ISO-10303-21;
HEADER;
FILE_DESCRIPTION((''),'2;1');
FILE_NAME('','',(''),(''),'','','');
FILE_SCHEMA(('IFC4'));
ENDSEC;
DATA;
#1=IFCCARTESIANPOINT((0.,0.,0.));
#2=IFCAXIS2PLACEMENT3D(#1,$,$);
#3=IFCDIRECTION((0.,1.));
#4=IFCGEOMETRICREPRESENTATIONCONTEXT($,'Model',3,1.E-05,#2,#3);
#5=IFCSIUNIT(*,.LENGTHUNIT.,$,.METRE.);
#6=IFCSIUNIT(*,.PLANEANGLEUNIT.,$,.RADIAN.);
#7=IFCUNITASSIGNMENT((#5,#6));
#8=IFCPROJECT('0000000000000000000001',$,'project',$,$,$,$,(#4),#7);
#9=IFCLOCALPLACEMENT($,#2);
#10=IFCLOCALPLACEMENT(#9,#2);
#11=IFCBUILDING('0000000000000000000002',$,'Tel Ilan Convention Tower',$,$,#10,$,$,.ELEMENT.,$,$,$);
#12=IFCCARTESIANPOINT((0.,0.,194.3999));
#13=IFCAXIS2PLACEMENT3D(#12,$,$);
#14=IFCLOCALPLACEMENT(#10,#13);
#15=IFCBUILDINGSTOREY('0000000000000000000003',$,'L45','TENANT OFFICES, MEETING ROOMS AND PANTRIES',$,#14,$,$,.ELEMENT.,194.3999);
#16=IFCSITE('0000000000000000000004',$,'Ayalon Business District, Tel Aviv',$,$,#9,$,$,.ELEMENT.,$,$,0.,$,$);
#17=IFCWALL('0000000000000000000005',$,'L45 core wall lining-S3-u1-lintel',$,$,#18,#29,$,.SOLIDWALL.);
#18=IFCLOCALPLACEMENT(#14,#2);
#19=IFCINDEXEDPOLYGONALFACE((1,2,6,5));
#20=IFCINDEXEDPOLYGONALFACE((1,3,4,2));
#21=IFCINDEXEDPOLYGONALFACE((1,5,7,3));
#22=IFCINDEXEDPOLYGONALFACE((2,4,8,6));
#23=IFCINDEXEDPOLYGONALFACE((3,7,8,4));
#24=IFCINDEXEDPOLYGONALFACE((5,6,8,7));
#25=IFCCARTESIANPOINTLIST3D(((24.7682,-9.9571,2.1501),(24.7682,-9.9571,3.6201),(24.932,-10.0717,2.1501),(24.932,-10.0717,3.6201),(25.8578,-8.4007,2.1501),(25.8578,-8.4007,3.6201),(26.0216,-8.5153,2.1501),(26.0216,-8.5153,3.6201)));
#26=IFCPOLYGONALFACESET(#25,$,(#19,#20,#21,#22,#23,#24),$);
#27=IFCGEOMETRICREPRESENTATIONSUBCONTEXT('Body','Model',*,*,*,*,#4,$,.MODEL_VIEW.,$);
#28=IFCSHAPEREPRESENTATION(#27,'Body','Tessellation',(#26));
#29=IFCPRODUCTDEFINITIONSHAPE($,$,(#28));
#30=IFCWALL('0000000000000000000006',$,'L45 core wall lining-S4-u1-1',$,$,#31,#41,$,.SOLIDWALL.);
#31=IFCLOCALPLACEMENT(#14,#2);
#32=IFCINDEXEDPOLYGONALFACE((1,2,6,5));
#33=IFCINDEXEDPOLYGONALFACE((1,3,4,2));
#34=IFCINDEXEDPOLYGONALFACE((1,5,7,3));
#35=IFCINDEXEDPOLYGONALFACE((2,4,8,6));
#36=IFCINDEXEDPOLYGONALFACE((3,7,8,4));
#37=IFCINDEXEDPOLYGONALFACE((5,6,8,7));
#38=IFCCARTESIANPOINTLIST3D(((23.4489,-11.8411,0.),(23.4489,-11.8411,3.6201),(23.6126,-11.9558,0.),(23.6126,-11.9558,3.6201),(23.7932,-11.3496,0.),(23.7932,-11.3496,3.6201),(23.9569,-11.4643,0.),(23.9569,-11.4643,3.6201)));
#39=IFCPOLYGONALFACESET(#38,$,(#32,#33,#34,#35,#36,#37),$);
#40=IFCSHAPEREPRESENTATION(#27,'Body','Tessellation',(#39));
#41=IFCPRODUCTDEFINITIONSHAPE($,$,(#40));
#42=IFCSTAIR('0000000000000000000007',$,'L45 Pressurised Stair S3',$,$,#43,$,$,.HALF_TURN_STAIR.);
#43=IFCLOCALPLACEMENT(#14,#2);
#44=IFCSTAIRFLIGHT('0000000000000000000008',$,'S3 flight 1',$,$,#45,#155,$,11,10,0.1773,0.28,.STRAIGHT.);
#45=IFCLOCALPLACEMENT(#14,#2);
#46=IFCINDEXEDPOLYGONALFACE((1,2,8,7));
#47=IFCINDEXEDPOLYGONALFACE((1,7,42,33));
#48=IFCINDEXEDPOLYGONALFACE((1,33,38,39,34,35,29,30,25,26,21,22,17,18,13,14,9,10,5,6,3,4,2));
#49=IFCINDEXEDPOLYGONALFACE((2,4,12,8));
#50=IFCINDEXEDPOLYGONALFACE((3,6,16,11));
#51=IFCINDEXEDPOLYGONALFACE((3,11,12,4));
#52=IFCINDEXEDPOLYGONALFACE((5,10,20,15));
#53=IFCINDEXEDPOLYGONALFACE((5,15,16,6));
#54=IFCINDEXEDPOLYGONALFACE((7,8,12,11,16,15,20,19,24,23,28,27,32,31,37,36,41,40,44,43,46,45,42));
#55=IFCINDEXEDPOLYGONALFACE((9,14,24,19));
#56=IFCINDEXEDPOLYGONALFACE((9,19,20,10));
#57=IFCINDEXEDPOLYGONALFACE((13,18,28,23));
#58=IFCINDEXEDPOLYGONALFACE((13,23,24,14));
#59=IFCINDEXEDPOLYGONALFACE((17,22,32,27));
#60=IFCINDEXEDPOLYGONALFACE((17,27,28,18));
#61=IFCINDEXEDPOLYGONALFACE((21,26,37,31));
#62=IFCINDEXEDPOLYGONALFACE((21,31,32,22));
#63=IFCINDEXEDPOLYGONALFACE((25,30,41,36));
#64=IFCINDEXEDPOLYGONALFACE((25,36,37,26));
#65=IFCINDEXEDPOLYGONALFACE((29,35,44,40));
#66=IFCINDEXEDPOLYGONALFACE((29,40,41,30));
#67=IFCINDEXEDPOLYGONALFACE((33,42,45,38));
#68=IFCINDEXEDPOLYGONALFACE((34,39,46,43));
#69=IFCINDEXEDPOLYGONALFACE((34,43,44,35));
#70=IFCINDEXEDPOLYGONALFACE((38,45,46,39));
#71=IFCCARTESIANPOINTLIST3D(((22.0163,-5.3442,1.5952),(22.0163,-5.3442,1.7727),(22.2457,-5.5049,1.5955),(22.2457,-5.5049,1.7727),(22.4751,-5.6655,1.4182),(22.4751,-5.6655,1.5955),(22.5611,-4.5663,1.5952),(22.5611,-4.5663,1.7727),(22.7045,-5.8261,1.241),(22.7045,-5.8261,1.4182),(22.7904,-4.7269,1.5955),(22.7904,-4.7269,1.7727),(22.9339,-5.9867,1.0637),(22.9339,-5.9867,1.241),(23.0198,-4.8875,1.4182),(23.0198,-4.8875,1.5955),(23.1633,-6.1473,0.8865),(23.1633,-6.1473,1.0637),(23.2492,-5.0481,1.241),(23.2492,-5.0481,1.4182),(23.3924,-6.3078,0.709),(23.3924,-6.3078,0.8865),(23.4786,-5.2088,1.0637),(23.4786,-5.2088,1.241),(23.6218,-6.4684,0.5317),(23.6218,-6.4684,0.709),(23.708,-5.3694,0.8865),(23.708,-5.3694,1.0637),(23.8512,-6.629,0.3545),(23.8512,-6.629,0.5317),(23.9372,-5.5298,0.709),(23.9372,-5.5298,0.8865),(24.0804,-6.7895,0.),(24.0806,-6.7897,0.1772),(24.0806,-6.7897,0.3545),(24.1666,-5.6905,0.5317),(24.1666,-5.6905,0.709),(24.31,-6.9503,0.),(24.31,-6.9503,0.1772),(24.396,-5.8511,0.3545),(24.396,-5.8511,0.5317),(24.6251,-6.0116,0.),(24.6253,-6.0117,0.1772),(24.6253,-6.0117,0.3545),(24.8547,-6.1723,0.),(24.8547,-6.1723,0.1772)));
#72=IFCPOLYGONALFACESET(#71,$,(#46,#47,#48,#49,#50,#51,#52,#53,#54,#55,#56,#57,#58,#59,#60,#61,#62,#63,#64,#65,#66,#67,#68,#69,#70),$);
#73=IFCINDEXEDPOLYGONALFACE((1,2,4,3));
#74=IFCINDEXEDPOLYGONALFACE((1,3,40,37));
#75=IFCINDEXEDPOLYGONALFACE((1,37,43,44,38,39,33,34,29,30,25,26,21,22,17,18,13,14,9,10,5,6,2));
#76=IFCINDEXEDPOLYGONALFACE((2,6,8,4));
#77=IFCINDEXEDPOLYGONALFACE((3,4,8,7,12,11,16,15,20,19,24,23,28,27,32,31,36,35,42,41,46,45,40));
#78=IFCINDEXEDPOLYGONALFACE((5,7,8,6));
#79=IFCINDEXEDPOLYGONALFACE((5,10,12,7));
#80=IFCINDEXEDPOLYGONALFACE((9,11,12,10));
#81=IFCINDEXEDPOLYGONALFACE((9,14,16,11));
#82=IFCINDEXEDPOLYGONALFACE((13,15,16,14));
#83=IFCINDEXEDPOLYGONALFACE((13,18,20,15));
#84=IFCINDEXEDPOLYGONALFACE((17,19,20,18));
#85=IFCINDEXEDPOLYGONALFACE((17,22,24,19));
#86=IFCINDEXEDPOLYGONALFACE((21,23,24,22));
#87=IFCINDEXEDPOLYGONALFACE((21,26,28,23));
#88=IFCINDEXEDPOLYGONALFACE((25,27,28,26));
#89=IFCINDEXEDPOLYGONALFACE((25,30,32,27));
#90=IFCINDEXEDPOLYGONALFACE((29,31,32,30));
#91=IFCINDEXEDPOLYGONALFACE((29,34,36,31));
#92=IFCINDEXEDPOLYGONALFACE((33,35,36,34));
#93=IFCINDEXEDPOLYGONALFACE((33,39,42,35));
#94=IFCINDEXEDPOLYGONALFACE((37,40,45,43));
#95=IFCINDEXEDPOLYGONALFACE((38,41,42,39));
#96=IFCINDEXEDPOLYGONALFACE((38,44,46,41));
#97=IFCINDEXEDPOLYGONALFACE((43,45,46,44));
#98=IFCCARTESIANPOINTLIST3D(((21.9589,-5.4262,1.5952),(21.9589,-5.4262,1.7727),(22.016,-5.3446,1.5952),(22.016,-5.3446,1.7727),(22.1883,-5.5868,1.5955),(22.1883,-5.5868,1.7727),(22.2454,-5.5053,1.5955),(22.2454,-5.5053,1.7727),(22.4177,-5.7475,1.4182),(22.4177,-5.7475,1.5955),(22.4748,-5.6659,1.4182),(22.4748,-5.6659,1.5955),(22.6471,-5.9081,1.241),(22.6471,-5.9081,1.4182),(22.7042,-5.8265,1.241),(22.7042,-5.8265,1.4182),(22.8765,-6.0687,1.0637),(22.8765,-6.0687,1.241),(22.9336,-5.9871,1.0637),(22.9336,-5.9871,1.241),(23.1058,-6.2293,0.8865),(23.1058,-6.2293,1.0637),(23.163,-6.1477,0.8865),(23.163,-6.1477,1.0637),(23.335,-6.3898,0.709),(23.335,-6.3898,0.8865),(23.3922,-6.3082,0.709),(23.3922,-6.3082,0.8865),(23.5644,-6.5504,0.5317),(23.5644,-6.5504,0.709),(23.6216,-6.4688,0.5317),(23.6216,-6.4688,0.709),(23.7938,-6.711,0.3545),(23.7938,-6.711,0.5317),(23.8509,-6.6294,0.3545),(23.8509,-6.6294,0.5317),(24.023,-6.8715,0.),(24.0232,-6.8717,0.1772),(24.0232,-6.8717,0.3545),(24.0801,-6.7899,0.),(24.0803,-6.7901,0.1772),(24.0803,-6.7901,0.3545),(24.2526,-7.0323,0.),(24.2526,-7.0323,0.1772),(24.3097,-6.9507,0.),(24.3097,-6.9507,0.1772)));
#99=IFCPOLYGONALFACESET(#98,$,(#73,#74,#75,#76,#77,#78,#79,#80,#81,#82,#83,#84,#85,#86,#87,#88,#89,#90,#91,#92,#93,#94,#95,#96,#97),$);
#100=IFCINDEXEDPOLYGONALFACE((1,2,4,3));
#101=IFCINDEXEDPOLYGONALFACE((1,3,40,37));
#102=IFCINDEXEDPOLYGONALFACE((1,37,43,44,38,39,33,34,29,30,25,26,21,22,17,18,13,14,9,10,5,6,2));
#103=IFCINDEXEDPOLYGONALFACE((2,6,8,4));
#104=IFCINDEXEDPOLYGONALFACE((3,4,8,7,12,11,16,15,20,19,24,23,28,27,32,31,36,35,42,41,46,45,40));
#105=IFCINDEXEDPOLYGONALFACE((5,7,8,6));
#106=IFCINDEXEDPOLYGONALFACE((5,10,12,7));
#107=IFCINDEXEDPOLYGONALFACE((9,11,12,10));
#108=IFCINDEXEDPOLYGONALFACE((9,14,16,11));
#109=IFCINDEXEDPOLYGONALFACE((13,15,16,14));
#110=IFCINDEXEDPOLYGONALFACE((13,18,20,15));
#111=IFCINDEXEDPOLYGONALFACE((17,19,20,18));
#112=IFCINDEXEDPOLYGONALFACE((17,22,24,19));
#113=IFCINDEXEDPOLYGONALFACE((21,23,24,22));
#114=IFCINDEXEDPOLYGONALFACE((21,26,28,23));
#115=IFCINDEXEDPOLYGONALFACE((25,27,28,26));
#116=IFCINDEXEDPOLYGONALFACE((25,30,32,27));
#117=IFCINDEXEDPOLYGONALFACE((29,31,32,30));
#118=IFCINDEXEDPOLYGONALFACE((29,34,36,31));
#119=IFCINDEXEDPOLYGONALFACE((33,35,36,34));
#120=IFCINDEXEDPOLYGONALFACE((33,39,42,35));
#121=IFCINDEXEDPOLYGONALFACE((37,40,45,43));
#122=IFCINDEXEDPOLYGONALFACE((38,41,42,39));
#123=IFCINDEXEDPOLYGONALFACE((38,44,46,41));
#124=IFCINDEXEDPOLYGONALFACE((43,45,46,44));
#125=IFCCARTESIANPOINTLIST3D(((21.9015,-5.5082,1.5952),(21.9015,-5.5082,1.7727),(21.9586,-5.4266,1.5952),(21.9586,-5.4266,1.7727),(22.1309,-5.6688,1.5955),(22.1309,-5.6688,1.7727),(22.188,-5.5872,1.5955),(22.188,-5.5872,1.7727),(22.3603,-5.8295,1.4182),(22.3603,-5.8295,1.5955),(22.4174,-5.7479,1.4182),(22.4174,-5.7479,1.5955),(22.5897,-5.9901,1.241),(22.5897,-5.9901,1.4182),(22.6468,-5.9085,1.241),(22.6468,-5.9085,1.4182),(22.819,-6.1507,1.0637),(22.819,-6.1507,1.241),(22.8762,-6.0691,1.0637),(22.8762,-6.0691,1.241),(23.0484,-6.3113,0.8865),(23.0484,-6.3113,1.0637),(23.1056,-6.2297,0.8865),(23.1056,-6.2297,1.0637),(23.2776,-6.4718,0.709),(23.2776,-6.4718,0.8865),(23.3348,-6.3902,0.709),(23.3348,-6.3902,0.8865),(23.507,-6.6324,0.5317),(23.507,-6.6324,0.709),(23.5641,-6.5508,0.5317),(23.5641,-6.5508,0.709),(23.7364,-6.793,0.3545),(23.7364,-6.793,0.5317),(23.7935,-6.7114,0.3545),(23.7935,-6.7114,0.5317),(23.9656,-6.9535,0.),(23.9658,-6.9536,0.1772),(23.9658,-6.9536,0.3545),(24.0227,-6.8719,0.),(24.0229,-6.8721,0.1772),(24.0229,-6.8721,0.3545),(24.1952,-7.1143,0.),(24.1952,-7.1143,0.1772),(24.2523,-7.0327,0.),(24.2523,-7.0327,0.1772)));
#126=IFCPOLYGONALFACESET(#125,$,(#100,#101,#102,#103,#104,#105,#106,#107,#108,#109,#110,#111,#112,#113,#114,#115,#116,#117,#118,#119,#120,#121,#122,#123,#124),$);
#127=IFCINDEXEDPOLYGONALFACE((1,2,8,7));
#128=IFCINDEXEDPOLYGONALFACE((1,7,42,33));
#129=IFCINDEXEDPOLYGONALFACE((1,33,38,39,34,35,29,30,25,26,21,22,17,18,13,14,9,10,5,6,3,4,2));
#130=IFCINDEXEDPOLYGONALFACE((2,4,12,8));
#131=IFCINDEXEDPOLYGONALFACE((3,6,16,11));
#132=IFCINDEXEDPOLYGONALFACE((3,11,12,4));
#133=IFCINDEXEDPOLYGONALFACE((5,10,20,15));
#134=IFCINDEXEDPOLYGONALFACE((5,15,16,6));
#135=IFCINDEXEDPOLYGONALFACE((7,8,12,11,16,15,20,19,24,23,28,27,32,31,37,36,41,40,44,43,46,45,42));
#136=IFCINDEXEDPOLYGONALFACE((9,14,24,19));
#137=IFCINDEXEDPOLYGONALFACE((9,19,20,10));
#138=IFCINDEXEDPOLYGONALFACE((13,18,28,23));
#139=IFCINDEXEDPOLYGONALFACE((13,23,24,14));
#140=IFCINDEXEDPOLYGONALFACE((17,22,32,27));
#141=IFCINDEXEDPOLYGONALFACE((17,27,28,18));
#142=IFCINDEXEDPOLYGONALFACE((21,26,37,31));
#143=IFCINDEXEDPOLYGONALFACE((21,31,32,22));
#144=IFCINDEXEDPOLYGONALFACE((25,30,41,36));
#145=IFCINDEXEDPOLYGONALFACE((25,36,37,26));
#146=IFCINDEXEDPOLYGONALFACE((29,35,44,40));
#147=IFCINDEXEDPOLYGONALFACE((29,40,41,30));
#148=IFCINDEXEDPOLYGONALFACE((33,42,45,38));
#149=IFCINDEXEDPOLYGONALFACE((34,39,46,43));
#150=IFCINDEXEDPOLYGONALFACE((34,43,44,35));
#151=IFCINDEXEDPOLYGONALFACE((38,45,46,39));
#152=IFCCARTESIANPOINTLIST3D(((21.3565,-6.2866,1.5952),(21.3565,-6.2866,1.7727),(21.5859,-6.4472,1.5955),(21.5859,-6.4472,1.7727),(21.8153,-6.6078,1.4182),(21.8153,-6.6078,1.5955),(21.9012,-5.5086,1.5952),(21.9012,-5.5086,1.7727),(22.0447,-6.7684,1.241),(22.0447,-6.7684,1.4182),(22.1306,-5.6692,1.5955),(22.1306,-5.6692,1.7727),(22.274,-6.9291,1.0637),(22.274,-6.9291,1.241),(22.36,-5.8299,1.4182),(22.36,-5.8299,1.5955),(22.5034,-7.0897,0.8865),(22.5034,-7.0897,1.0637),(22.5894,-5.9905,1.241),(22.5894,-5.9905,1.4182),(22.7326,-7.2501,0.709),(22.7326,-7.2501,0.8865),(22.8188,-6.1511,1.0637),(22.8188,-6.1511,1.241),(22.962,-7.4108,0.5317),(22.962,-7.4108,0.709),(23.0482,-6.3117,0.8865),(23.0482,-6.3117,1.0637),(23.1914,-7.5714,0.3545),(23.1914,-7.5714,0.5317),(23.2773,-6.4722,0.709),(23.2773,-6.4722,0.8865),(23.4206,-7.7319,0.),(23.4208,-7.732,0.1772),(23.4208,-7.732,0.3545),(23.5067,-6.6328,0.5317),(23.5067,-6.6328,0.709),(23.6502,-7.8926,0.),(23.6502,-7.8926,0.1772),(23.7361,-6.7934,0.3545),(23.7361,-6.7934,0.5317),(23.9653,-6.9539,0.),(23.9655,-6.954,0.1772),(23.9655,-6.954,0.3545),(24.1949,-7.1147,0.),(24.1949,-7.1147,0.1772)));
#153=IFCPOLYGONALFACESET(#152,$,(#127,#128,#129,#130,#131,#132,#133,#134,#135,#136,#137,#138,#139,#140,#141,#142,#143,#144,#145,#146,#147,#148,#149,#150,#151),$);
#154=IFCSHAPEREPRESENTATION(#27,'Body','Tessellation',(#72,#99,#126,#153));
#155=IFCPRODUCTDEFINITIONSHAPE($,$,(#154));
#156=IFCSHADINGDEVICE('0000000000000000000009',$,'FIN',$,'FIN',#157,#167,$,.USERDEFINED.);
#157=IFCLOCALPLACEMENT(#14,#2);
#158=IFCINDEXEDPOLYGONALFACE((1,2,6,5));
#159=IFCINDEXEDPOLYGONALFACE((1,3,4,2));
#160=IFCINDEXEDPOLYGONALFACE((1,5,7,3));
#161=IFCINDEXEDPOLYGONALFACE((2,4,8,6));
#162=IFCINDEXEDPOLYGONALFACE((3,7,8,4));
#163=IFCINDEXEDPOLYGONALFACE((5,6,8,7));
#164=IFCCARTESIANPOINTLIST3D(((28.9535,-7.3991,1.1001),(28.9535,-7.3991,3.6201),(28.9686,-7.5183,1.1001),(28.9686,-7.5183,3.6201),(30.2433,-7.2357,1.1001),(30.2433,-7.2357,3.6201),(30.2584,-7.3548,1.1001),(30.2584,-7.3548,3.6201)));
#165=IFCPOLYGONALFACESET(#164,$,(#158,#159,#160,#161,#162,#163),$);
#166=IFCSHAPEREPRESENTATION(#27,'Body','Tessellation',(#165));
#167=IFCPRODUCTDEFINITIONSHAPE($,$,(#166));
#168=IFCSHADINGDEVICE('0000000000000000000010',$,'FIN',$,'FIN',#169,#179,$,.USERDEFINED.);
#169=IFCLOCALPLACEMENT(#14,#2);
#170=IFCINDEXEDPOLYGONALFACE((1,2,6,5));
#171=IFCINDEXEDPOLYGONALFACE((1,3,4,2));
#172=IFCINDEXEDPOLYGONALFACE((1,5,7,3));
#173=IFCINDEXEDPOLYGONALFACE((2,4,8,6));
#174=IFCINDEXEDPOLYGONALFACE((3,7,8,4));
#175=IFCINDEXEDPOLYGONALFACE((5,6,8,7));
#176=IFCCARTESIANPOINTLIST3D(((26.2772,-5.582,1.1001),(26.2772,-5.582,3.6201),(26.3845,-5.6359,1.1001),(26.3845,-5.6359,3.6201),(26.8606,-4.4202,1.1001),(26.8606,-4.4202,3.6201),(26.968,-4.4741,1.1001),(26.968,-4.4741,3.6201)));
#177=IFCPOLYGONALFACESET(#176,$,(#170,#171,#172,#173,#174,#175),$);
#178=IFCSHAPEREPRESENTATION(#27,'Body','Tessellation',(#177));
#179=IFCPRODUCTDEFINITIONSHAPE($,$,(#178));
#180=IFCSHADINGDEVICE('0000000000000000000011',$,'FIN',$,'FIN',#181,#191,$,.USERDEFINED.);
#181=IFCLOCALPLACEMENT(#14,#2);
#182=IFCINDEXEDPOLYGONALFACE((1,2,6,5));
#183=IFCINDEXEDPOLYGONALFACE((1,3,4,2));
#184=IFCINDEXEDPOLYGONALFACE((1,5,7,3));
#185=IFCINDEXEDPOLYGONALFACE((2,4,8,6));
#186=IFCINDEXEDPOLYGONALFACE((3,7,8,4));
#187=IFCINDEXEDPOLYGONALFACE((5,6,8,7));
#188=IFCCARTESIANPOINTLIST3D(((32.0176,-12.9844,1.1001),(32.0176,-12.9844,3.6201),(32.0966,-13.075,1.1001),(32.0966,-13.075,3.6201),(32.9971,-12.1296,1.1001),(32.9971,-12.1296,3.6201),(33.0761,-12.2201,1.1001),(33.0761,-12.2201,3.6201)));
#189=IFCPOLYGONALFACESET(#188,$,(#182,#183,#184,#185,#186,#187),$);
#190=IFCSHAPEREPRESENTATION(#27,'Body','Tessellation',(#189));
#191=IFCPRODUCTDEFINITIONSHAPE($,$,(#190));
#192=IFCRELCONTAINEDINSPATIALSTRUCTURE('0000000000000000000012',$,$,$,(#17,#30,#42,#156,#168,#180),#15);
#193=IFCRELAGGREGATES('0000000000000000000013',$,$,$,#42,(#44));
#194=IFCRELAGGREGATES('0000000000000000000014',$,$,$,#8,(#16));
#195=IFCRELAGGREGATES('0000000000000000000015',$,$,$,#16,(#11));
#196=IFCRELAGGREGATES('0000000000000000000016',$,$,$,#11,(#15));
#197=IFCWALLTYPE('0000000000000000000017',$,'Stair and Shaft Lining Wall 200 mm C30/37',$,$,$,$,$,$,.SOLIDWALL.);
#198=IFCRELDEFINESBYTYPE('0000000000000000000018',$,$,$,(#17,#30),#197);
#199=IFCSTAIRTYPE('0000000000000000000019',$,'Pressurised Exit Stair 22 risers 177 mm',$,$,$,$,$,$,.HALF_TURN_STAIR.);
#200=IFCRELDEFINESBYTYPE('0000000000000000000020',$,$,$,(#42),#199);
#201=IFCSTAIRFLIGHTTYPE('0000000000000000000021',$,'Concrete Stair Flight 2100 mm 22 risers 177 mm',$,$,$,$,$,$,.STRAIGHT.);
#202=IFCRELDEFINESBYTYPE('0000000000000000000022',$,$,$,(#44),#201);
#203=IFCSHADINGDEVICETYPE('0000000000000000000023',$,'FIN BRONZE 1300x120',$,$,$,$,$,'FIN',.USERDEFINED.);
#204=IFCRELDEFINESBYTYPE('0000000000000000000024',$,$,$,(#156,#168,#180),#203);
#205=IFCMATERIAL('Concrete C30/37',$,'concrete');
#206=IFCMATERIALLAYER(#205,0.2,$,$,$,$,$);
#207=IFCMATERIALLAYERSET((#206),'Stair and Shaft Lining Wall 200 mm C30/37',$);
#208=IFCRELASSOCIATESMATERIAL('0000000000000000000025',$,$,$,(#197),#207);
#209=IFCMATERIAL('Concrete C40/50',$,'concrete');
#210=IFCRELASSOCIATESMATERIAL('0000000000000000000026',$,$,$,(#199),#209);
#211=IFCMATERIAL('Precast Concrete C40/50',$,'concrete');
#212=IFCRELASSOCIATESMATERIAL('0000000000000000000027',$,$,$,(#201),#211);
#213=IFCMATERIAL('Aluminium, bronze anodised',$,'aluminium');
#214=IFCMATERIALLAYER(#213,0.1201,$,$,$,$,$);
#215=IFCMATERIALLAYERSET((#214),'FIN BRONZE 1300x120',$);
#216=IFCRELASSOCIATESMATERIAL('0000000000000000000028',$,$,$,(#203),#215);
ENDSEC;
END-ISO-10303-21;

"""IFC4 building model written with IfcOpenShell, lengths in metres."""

from ifc_helpers import new_model, si_unit, direction, frame, frame_2d, origin, origin_2d, place, context, subcontext, project, spatial, polyline, rectangle, outline, extrude, material, layer, layer_set, type_object, element, aggregate, save


model = new_model("IFC4")

# Units and contexts
model_context = context("Model", 3, precision=1e-05, world=origin(), true_north=direction((0.0, 1.0)))
body_context = subcontext(model_context, "Body", "Model", "MODEL_VIEW")
ifc_project = project(units=[si_unit("LENGTHUNIT", "METRE"), si_unit("PLANEANGLEUNIT", "RADIAN")], contexts=[model_context])

# Site, building, storey
site_placement = place(None, origin())
site = spatial("IfcSite", under=ifc_project, at=site_placement, Name="Ayalon Business District, Tel Aviv", CompositionType="ELEMENT", RefElevation=0.0)
building_placement = place(site_placement, origin())
building = spatial("IfcBuilding", under=site, at=building_placement, Name="Tel Ilan Convention Tower", CompositionType="ELEMENT")
storey_placement = place(building_placement, frame((0.0, 0.0, 194.3999)))
storey = spatial("IfcBuildingStorey", under=building, at=storey_placement, Name="L45", Description="TENANT OFFICES, MEETING ROOMS AND PANTRIES", CompositionType="ELEMENT", Elevation=194.3999)

# Walls
ifc_material_1 = material(Name="Concrete C30/37", Category="concrete")
ifc_layer_1 = layer(ifc_material_1, 0.2)
ifc_layer_set_1 = layer_set([ifc_layer_1], Name="Stair and Shaft Lining Wall 200 mm C30/37")
wall_type = type_object("IfcWallType", Name="Stair and Shaft Lining Wall 200 mm C30/37", PredefinedType="SOLIDWALL", material=ifc_layer_set_1)
wall_1_placement = place(storey_placement, frame((24.8501, -10.0144, 2.1501), z_axis=(0.0, 0.0, 1.0), x_axis=(0.573505, 0.819202, 0.0)))
element("IfcWall", 1, at=wall_1_placement, inside=storey, type_object=wall_type, Name="L45 core wall lining-S3-u1-lintel", PredefinedType="SOLIDWALL", context=body_context, shape_type="SweptSolid", body=[
    extrude(rectangle(XDim=1.8999, YDim=0.2, at=frame_2d((0.95, 0.0))), origin(), (0.0, 0.0, 1.0), 1.47),
])
wall_2_placement = place(storey_placement, frame((23.5308, -11.8984, 0.0), z_axis=(0.0, 0.0, 1.0), x_axis=(0.573708, 0.81906, 0.0)))
element("IfcWall", 2, at=wall_2_placement, inside=storey, type_object=wall_type, Name="L45 core wall lining-S4-u1-1", PredefinedType="SOLIDWALL", context=body_context, shape_type="SweptSolid", body=[
    extrude(rectangle(XDim=0.6001, YDim=0.2, at=frame_2d((0.3, 0.0))), origin(), (0.0, 0.0, 1.0), 3.6201),
])

# Stair, stair flight
ifc_material_2 = material(Name="Concrete C40/50", Category="concrete")
stair_type = type_object("IfcStairType", Name="Pressurised Exit Stair 22 risers 177 mm", PredefinedType="HALF_TURN_STAIR", material=ifc_material_2)
stair_placement = place(storey_placement, origin())
stair = element("IfcStair", 3, at=stair_placement, inside=storey, type_object=stair_type, Name="L45 Pressurised Stair S3", PredefinedType="HALF_TURN_STAIR")
ifc_material_3 = material(Name="Precast Concrete C40/50", Category="concrete")
stair_flight_type = type_object("IfcStairFlightType", Name="Concrete Stair Flight 2100 mm 22 risers 177 mm", PredefinedType="STRAIGHT", material=ifc_material_3)
stair_flight_placement = place(storey_placement, frame((24.2524, -7.0325, 0.0), z_axis=(0.0, 0.0, 1.0), x_axis=(-0.819152, 0.573576, 0.0)))
stair_flight = element("IfcStairFlight", 4, at=stair_flight_placement, type_object=stair_flight_type, Name="S3 flight 1", NumberOfRisers=11, NumberOfTreads=10, PredefinedType="STRAIGHT", RiserHeight=0.1773, TreadLength=0.28, context=body_context, shape_type="SweptSolid", body=[
    extrude(outline(polyline([(0.0, 0.0), (0.0, 0.1772), (0.28, 0.1772), (0.28, 0.3545), (0.5601, 0.3545), (0.5601, 0.5317), (0.8401, 0.5317), (0.8401, 0.709), (1.1201, 0.709), (1.1201, 0.8865), (1.3999, 0.8865), (1.3999, 1.0637), (1.6799, 1.0637), (1.6799, 1.241), (1.96, 1.241), (1.96, 1.4182), (2.24, 1.4182), (2.24, 1.5955), (2.52, 1.5955), (2.52, 1.7727), (2.8, 1.7727), (2.8, 1.95), (2.8, 1.5952), (0.2803, 0.0), (0.0, 0.0)])), frame((0.0, -0.1003, 0.0), z_axis=(0.0, -1.0, 0.0), x_axis=(1.0, 0.0, 0.0)), (0.0, 0.0, 1.0), 0.9497),
    extrude(outline(polyline([(0.0, 0.0), (0.0, 0.1772), (0.28, 0.1772), (0.28, 0.3545), (0.5601, 0.3545), (0.5601, 0.5317), (0.8401, 0.5317), (0.8401, 0.709), (1.1201, 0.709), (1.1201, 0.8865), (1.3999, 0.8865), (1.3999, 1.0637), (1.6799, 1.0637), (1.6799, 1.241), (1.96, 1.241), (1.96, 1.4182), (2.24, 1.4182), (2.24, 1.5955), (2.52, 1.5955), (2.52, 1.7727), (2.8, 1.7727), (2.8, 1.95), (2.8, 1.5952), (0.2803, 0.0), (0.0, 0.0)])), frame((0.0, -0.0002, 0.0), z_axis=(0.0, -1.0, 0.0), x_axis=(1.0, 0.0, 0.0)), (0.0, 0.0, 1.0), 0.0996),
    extrude(outline(polyline([(0.0, 0.0), (0.0, 0.1772), (0.28, 0.1772), (0.28, 0.3545), (0.5601, 0.3545), (0.5601, 0.5317), (0.8401, 0.5317), (0.8401, 0.709), (1.1201, 0.709), (1.1201, 0.8865), (1.3999, 0.8865), (1.3999, 1.0637), (1.6799, 1.0637), (1.6799, 1.241), (1.96, 1.241), (1.96, 1.4182), (2.24, 1.4182), (2.24, 1.5955), (2.52, 1.5955), (2.52, 1.7727), (2.8, 1.7727), (2.8, 1.95), (2.8, 1.5952), (0.2803, 0.0), (0.0, 0.0)])), frame((0.0, 0.0999, 0.0), z_axis=(0.0, -1.0, 0.0), x_axis=(1.0, 0.0, 0.0)), (0.0, 0.0, 1.0), 0.0996),
    extrude(outline(polyline([(0.0, 0.0), (0.0, 0.1772), (0.28, 0.1772), (0.28, 0.3545), (0.5601, 0.3545), (0.5601, 0.5317), (0.8401, 0.5317), (0.8401, 0.709), (1.1201, 0.709), (1.1201, 0.8865), (1.3999, 0.8865), (1.3999, 1.0637), (1.6799, 1.0637), (1.6799, 1.241), (1.96, 1.241), (1.96, 1.4182), (2.24, 1.4182), (2.24, 1.5955), (2.52, 1.5955), (2.52, 1.7727), (2.8, 1.7727), (2.8, 1.95), (2.8, 1.5952), (0.2803, 0.0), (0.0, 0.0)])), frame((0.0, 1.05, 0.0), z_axis=(0.0, -1.0, 0.0), x_axis=(1.0, 0.0, 0.0)), (0.0, 0.0, 1.0), 0.9497),
])
aggregate(stair, [stair_flight])

# Shading devices
ifc_material_4 = material(Name="Aluminium, bronze anodised", Category="aluminium")
ifc_layer_2 = layer(ifc_material_4, 0.1201)
ifc_layer_set_2 = layer_set([ifc_layer_2], Name="FIN BRONZE 1300x120")
shading_device_type = type_object("IfcShadingDeviceType", Name="FIN BRONZE 1300x120", ElementType="FIN", PredefinedType="USERDEFINED", material=ifc_layer_set_2)
for number, where, z_axis, x_axis, name in (
    (5, (29.606, -7.377, 1.1001), (0.0, 0.0, 1.0), (0.992066, 0.125718, 0.0), "FIN"),
    (6, (26.6226, -5.0281, 1.1001), (0.0, 0.0, 1.0), (0.448799, 0.893633, 0.0), "FIN"),
    (7, (32.5469, -12.6023, 1.1001), (0.0, 0.0, 1.0), (0.753436, 0.657521, 0.0), "FIN"),
):
    element("IfcShadingDevice", number, at=place(storey_placement, frame(where, z_axis=z_axis, x_axis=x_axis)), inside=storey, type_object=shading_device_type, Name=name, ObjectType="FIN", PredefinedType="USERDEFINED", context=body_context, shape_type="SweptSolid", body=[
        extrude(rectangle(XDim=1.3, YDim=0.1201, at=origin_2d()), origin(), (0.0, 0.0, 1.0), 2.52),
    ])

save(model, "model.ifc")
